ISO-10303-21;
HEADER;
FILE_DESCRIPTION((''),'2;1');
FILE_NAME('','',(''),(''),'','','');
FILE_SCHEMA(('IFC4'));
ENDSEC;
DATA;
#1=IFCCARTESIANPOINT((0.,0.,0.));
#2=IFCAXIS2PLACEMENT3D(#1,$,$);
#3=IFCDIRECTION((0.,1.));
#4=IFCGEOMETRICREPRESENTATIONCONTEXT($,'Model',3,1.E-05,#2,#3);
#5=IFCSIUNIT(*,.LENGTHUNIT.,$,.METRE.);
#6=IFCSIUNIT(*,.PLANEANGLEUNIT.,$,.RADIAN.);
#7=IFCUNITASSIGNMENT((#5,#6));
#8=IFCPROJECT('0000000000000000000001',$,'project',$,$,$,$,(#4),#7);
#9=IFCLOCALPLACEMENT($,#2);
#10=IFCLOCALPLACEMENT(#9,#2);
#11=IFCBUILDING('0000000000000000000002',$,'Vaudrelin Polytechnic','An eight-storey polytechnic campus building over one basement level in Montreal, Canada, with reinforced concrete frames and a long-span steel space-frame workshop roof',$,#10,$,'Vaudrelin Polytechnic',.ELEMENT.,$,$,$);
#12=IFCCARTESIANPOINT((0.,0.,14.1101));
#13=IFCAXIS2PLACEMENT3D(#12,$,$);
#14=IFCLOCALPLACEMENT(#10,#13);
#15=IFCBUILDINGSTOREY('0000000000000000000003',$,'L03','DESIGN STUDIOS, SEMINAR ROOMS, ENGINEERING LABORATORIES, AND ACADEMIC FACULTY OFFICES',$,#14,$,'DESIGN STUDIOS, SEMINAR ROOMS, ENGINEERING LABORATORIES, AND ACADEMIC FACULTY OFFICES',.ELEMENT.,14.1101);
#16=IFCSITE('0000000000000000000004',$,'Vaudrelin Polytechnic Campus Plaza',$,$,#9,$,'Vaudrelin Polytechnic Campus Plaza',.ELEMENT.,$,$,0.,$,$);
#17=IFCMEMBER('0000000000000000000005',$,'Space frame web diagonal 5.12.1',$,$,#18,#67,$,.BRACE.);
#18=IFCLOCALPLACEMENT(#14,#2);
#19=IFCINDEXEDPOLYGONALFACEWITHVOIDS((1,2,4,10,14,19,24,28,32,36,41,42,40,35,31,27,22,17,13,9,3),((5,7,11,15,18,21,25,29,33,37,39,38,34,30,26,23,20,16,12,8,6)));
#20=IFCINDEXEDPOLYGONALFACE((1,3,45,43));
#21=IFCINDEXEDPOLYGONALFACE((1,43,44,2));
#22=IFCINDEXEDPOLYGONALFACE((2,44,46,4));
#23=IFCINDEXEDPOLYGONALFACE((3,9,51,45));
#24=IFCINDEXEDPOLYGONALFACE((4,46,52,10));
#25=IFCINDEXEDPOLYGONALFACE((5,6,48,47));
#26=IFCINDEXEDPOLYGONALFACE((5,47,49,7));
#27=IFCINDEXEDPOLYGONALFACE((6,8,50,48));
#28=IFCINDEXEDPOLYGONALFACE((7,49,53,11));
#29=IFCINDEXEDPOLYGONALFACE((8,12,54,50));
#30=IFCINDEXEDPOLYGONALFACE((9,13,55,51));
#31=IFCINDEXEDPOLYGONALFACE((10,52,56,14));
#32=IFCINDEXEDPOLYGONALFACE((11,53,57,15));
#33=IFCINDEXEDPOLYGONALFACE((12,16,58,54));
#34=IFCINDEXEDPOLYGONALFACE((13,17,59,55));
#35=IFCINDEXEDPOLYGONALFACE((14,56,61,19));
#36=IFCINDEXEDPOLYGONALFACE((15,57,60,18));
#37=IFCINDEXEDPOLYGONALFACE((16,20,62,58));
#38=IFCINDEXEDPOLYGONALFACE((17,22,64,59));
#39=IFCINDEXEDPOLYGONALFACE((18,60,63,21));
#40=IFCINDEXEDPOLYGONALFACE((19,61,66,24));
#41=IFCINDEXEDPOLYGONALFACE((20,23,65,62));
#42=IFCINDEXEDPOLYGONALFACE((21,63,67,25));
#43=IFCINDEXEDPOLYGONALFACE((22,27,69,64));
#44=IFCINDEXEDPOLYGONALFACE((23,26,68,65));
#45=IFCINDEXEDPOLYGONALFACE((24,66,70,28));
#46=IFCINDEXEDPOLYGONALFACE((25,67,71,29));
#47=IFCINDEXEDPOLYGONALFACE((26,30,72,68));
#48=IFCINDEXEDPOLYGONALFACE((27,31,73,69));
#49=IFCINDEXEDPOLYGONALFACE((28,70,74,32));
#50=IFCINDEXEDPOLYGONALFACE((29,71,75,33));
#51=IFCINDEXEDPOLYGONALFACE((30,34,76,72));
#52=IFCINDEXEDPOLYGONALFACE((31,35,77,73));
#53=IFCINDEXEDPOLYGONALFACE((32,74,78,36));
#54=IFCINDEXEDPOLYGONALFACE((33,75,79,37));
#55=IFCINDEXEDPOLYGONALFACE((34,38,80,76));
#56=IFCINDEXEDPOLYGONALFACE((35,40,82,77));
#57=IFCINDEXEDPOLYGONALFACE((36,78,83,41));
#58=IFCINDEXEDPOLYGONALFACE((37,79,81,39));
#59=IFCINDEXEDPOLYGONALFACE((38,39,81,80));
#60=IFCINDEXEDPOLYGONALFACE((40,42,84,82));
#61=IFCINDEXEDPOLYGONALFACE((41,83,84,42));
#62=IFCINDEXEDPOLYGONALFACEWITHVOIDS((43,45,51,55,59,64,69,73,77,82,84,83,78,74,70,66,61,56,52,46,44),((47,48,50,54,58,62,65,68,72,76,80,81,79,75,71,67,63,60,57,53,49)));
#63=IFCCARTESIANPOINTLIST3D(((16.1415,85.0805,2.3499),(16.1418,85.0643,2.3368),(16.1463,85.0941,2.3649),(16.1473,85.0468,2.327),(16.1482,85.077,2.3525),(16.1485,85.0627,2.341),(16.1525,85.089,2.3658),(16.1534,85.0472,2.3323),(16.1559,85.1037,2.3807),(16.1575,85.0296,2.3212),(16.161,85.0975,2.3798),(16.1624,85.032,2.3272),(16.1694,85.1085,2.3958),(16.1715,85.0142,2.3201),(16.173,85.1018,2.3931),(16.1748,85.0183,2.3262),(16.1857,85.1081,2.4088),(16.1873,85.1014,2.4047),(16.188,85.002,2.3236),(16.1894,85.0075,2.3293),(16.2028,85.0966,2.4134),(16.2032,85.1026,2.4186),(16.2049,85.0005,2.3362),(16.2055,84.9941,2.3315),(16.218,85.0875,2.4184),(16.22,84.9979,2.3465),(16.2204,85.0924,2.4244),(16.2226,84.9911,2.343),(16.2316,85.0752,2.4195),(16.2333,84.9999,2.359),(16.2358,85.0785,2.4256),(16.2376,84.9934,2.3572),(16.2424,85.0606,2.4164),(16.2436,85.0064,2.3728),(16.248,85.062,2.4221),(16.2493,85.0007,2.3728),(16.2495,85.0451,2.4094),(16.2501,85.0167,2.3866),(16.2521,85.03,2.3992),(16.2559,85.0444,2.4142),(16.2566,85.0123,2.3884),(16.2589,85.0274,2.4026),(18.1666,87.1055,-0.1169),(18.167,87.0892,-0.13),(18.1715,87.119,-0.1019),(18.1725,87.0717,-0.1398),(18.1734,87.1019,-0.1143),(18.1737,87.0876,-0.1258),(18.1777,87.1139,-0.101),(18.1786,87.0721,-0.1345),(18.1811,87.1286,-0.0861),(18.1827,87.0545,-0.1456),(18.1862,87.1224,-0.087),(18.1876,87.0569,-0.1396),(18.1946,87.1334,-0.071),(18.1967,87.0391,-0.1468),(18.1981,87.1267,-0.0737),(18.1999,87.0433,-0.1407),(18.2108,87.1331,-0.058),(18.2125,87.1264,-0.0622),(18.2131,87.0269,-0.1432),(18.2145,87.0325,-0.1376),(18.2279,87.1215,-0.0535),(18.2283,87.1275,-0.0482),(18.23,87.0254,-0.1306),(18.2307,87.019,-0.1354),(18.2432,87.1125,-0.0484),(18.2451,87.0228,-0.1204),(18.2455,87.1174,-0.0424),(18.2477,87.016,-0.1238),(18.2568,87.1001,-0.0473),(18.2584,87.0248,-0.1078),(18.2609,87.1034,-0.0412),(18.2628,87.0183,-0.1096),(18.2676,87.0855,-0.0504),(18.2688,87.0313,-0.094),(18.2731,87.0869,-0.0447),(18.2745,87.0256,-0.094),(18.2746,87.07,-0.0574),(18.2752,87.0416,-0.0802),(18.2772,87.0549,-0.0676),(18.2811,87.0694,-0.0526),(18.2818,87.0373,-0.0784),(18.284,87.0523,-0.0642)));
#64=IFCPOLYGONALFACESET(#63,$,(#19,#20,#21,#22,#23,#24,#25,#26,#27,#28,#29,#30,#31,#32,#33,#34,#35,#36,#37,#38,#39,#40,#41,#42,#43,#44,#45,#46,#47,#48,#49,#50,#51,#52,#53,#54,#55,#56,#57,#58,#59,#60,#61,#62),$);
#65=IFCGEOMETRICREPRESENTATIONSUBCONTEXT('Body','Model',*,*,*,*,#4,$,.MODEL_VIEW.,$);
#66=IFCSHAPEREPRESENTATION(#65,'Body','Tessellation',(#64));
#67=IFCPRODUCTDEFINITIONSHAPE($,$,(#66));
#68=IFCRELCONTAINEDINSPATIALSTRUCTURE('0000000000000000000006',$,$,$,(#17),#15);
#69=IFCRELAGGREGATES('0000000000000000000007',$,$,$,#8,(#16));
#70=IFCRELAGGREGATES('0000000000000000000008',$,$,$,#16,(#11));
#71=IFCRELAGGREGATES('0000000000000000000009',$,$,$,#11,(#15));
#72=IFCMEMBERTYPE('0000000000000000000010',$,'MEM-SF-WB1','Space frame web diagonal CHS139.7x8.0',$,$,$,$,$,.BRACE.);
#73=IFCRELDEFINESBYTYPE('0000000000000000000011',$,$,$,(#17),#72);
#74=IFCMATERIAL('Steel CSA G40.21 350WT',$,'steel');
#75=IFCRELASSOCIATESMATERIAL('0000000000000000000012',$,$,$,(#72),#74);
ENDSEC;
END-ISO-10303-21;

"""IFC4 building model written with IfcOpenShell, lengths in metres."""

from ifc_helpers import new_model, si_unit, direction, frame, origin, origin_2d, place, context, subcontext, project, spatial, hollow_circle, extrude, material, material_profile, profile_set, type_object, element, save


model = new_model("IFC4")

# Units and contexts
model_context = context("Model", 3, precision=1e-05, world=origin(), true_north=direction((0.0, 1.0)))
body_context = subcontext(model_context, "Body", "Model", "MODEL_VIEW")
ifc_project = project(units=[si_unit("LENGTHUNIT", "METRE"), si_unit("PLANEANGLEUNIT", "RADIAN")], contexts=[model_context])

# Site, building, storey
site_placement = place(None, origin())
site = spatial("IfcSite", under=ifc_project, at=site_placement, Name="Vaudrelin Polytechnic Campus Plaza", LongName="Vaudrelin Polytechnic Campus Plaza", CompositionType="ELEMENT", RefElevation=0.0)
building_placement = place(site_placement, origin())
building = spatial("IfcBuilding", under=site, at=building_placement, Name="Vaudrelin Polytechnic", Description="An eight-storey polytechnic campus building over one basement level in Montreal, Canada, with reinforced concrete frames and a long-span steel space-frame workshop roof", LongName="Vaudrelin Polytechnic", CompositionType="ELEMENT")
storey_placement = place(building_placement, frame((0.0, 0.0, 14.1101)))
storey = spatial("IfcBuildingStorey", under=building, at=storey_placement, Name="L03", Description="DESIGN STUDIOS, SEMINAR ROOMS, ENGINEERING LABORATORIES, AND ACADEMIC FACULTY OFFICES", LongName="DESIGN STUDIOS, SEMINAR ROOMS, ENGINEERING LABORATORIES, AND ACADEMIC FACULTY OFFICES", CompositionType="ELEMENT", Elevation=14.1101)

# Member
ifc_material = material(Name="Steel CSA G40.21 350WT", Category="steel")
ifc_material_profile_1 = material_profile(ifc_material, hollow_circle(Radius=0.0698, WallThickness=0.0081, at=origin_2d()), Name="CHS139.7x8.0")
ifc_profile_set_1 = profile_set([ifc_material_profile_1], Name="Steel CSA G40.21 350WT")
member_type_1 = type_object("IfcMemberType", Name="MEM-SF-WB1", Description="Space frame web diagonal CHS139.7x8.0", PredefinedType="BRACE", material=ifc_profile_set_1)
for number, where, z_axis, x_axis, name in (
    (1, (18.2251, 87.075, -0.094), (-0.535788, -0.535723, 0.652634), (0.707064, -0.707149, 0.0), "Space frame web diagonal 5.12.1"),
):
    element("IfcMember", number, at=place(storey_placement, frame(where, z_axis=z_axis, x_axis=x_axis)), inside=storey, type_object=member_type_1, Name=name, PredefinedType="BRACE", context=body_context, shape_type="SweptSolid", body=[
        extrude(hollow_circle(Radius=0.0698, WallThickness=0.0081, at=origin_2d()), origin(), (0.0, 0.0, 1.0), 3.7798),
    ])

save(model, "model.ifc")
